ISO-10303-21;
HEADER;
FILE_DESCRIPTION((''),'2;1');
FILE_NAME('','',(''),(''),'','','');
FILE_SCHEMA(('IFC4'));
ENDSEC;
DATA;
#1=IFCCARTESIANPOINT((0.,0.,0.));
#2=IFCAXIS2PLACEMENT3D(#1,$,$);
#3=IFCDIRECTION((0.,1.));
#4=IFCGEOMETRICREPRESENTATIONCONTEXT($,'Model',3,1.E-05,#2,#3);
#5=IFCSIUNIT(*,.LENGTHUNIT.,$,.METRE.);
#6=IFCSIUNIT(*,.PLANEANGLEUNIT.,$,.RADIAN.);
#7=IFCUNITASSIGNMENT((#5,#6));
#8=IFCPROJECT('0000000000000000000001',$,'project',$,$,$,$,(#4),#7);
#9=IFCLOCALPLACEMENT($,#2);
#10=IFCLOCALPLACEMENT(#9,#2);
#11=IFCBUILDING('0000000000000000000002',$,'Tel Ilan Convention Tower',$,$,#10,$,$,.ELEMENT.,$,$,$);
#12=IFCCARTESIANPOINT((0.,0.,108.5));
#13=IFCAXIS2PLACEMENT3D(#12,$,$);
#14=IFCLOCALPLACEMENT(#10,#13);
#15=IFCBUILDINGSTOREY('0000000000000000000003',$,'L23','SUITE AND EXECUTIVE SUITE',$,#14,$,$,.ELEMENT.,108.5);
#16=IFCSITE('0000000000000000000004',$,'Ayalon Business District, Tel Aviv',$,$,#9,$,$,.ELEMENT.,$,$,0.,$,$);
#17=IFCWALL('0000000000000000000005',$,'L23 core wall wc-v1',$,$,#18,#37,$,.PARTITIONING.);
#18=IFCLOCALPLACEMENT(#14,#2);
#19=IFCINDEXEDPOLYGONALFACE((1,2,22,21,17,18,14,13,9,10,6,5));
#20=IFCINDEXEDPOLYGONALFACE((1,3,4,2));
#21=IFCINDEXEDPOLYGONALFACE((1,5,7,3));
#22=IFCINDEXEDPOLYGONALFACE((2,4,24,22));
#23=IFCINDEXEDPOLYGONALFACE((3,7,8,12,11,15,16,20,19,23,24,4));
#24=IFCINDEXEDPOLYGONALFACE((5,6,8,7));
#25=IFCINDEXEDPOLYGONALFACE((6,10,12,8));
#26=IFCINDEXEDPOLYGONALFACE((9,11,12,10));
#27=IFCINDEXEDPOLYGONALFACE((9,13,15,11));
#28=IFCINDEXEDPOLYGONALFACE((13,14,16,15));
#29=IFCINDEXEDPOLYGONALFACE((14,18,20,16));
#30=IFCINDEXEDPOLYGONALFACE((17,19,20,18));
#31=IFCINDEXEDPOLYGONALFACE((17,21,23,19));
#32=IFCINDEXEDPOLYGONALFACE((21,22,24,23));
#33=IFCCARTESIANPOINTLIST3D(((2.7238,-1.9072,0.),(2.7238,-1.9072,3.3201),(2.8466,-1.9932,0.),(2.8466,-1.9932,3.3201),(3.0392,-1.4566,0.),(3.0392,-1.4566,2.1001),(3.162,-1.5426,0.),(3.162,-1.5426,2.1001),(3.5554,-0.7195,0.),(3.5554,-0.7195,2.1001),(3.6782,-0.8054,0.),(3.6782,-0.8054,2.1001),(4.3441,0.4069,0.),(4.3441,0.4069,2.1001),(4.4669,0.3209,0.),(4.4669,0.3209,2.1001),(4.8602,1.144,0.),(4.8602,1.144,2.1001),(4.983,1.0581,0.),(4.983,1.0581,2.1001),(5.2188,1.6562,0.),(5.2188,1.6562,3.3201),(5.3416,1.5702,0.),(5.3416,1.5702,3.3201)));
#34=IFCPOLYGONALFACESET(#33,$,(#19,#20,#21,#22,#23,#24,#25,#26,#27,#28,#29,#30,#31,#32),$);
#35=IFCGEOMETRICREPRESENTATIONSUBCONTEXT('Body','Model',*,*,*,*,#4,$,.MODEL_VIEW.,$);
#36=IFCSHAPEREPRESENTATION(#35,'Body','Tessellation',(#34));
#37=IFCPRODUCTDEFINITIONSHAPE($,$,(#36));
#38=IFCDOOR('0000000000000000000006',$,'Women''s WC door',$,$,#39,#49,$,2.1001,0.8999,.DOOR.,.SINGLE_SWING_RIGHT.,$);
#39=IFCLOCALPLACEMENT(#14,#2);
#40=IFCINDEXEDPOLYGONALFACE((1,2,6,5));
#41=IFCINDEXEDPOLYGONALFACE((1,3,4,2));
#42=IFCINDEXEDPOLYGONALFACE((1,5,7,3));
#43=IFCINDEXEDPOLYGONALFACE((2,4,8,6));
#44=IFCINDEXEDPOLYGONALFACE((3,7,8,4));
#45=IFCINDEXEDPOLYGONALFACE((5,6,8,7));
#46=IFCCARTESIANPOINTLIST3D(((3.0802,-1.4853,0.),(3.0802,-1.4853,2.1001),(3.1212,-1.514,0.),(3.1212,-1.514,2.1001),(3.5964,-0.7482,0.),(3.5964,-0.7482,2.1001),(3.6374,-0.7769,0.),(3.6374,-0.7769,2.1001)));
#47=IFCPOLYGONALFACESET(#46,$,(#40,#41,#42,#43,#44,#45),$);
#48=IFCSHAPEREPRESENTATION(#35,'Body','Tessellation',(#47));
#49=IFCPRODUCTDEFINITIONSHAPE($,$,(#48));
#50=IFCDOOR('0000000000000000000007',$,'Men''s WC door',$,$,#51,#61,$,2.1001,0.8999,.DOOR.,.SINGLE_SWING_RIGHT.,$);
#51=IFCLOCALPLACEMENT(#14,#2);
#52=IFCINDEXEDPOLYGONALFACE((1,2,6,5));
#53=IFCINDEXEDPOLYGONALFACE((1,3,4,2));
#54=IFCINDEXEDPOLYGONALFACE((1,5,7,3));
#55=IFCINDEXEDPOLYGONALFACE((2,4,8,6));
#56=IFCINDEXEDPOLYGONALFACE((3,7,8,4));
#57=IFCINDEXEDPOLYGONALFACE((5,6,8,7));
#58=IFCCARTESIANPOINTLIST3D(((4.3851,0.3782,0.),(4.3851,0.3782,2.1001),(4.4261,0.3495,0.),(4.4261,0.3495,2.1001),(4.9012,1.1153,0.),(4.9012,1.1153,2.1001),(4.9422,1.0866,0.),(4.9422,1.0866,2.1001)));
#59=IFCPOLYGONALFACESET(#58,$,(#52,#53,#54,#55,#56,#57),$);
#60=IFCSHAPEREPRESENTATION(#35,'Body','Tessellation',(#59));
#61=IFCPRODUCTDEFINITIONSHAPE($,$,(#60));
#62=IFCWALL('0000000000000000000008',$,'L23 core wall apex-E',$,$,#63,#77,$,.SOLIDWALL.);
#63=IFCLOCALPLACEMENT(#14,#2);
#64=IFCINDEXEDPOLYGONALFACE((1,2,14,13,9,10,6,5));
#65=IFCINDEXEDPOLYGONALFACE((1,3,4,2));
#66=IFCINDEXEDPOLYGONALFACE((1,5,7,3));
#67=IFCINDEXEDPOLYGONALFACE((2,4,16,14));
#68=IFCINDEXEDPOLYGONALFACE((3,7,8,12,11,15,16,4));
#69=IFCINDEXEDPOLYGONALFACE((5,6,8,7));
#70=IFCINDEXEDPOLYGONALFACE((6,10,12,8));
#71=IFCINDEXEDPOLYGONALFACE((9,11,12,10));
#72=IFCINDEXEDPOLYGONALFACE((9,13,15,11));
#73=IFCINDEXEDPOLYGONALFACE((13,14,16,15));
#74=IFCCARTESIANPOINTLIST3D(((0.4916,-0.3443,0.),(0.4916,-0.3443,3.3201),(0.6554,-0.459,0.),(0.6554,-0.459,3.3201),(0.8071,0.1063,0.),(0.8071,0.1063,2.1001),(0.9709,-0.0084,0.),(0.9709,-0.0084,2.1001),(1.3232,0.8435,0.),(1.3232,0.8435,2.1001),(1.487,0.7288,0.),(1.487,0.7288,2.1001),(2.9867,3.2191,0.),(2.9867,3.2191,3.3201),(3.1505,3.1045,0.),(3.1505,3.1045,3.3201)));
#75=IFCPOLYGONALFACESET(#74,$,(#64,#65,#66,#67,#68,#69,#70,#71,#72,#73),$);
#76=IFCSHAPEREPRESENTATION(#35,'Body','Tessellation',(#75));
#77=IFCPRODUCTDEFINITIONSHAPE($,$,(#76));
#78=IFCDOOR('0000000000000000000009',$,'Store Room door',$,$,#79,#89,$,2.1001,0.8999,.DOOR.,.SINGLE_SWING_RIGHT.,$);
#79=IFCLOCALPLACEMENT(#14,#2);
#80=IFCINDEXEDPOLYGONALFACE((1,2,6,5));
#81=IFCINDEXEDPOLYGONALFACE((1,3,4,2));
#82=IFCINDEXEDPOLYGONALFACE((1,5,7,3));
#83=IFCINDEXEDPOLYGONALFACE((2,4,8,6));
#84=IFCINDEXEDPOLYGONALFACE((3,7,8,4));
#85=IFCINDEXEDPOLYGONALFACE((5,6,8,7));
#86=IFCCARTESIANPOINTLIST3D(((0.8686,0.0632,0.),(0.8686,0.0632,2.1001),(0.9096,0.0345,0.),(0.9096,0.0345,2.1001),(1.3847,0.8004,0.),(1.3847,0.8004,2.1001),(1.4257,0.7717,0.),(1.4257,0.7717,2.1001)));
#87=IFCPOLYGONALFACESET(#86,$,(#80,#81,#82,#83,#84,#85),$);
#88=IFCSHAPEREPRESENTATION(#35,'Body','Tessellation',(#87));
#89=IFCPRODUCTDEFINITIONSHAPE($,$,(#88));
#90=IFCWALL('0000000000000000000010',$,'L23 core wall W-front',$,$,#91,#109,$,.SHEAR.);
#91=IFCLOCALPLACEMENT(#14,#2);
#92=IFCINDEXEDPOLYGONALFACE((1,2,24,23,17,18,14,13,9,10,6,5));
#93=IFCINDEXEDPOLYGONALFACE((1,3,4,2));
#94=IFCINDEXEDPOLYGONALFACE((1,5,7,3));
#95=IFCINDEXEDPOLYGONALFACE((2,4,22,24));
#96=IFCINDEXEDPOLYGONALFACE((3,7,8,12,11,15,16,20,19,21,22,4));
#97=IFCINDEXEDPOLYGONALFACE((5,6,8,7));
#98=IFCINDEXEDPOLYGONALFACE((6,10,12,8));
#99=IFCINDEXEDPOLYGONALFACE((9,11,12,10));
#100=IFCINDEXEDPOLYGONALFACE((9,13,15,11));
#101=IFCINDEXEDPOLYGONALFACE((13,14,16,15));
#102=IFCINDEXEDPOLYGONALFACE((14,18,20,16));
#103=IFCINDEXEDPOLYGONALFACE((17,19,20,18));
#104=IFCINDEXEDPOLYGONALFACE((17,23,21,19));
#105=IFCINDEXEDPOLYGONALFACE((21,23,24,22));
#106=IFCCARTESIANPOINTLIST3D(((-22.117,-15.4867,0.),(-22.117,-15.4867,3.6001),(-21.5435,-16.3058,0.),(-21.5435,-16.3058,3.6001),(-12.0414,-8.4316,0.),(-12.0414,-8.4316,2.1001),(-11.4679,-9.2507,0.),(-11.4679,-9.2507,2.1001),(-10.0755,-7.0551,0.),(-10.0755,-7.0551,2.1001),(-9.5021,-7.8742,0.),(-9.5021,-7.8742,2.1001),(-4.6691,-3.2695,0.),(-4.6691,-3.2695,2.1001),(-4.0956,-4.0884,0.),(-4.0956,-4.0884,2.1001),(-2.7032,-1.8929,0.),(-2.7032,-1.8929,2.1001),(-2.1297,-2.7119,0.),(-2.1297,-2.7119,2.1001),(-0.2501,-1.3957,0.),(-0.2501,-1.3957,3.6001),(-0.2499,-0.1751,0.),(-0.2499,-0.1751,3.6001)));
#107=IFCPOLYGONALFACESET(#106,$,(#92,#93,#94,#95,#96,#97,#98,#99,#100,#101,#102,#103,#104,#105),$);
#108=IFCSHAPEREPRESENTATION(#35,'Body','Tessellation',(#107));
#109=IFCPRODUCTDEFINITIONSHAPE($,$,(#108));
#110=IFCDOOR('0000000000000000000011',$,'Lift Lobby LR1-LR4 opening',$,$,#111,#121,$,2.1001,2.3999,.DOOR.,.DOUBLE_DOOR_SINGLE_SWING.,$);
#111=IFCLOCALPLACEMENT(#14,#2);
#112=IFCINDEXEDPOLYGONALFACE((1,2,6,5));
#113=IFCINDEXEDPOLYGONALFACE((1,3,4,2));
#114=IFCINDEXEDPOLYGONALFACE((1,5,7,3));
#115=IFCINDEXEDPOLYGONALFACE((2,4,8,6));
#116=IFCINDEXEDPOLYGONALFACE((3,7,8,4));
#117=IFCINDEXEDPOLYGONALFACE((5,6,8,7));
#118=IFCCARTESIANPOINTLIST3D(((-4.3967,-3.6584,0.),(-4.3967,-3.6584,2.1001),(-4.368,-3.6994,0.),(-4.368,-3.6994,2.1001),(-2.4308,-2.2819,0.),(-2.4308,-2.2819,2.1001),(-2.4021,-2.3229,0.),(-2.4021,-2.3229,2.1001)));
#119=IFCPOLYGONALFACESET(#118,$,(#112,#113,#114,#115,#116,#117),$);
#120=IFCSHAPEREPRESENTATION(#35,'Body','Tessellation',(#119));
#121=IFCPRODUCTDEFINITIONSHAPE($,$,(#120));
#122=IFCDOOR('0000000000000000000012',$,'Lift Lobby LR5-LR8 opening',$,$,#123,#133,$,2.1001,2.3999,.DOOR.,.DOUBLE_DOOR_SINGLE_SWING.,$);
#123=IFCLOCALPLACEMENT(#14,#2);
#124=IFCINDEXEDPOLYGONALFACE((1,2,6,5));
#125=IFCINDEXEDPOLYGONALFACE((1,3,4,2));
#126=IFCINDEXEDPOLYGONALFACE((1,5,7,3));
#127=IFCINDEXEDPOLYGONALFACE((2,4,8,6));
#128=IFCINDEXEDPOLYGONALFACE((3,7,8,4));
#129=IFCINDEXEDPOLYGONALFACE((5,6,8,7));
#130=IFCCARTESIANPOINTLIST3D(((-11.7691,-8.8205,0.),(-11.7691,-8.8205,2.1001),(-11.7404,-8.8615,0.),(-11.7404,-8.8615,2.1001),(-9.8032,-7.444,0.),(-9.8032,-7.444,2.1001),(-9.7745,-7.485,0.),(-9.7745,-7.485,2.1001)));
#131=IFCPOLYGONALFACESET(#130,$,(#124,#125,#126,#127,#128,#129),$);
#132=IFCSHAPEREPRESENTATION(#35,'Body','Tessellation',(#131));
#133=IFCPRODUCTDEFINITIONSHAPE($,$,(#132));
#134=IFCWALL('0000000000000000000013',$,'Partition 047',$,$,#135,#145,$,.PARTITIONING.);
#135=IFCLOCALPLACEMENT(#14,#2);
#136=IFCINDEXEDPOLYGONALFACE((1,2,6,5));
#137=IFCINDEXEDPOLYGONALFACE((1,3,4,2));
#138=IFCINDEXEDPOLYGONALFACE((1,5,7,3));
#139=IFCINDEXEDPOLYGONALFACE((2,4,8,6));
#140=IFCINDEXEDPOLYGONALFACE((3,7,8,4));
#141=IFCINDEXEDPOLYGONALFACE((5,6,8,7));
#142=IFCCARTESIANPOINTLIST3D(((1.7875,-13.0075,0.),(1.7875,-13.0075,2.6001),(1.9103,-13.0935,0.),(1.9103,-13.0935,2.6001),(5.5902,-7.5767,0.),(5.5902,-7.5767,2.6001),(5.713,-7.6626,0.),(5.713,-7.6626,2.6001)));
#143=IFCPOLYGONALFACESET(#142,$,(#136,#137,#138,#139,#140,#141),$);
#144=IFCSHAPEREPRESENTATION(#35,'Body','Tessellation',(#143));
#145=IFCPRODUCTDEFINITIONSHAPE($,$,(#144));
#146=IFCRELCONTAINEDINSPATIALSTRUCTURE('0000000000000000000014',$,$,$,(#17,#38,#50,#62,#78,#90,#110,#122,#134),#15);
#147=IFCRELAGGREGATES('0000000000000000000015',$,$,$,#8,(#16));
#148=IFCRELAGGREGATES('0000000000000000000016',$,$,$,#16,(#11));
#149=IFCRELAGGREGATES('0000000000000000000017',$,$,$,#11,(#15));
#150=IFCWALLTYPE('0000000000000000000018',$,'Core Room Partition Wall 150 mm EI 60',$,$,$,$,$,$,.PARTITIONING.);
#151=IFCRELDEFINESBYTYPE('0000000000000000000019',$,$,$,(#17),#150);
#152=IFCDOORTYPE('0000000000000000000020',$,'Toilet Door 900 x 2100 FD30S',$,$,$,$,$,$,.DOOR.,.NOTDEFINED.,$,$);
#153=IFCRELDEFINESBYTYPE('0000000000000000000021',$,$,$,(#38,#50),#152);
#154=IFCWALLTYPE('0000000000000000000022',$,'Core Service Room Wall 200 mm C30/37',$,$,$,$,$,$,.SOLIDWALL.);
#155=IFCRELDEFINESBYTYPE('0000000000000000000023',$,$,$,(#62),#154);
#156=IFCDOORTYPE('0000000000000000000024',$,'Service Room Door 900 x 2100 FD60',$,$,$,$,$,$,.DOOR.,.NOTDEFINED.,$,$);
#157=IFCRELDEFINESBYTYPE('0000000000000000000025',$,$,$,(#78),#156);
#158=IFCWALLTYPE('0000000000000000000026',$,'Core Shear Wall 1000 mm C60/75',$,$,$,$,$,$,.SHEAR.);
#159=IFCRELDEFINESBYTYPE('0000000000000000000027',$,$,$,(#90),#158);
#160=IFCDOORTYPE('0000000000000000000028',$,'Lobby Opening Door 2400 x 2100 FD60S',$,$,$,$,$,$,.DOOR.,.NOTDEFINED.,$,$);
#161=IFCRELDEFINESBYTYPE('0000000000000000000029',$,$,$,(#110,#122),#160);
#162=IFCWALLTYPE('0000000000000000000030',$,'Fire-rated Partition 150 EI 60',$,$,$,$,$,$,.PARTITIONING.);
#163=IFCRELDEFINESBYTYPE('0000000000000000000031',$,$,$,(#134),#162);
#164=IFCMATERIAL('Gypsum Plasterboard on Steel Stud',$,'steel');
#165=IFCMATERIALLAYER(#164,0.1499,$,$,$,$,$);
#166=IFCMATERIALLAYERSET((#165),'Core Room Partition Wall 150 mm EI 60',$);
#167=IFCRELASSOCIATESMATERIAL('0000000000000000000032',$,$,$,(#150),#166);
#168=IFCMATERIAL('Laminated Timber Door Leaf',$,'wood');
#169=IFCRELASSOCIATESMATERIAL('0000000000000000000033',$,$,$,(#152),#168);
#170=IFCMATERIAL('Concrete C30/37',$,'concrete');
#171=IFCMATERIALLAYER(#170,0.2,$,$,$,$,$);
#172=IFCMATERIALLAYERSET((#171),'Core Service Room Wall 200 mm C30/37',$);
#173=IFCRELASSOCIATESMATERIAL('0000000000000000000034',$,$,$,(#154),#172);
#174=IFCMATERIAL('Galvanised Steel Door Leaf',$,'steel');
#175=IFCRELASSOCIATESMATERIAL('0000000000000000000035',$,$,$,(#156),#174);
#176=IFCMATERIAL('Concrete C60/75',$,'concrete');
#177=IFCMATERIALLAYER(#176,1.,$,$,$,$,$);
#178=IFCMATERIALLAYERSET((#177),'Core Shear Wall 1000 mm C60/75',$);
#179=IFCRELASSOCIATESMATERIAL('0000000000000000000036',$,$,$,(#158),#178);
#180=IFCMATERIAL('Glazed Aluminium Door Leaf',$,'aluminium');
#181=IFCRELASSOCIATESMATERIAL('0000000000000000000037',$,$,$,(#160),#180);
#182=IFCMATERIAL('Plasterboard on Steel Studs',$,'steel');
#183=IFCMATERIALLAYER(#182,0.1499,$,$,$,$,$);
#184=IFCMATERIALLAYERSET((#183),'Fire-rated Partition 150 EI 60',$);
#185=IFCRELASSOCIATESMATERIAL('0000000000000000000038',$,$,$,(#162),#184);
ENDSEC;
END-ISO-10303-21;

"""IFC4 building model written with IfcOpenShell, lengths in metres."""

from ifc_helpers import new_model, si_unit, direction, frame, frame_2d, origin, place, context, subcontext, project, spatial, polyline, rectangle, outline, extrude, material, layer, layer_set, type_object, element, fill, save


model = new_model("IFC4")

# Units and contexts
model_context = context("Model", 3, precision=1e-05, world=origin(), true_north=direction((0.0, 1.0)))
body_context = subcontext(model_context, "Body", "Model", "MODEL_VIEW")
ifc_project = project(units=[si_unit("LENGTHUNIT", "METRE"), si_unit("PLANEANGLEUNIT", "RADIAN")], contexts=[model_context])

# Site, building, storey
site_placement = place(None, origin())
site = spatial("IfcSite", under=ifc_project, at=site_placement, Name="Ayalon Business District, Tel Aviv", CompositionType="ELEMENT", RefElevation=0.0)
building_placement = place(site_placement, origin())
building = spatial("IfcBuilding", under=site, at=building_placement, Name="Tel Ilan Convention Tower", CompositionType="ELEMENT")
storey_placement = place(building_placement, frame((0.0, 0.0, 108.5)))
storey = spatial("IfcBuildingStorey", under=building, at=storey_placement, Name="L23", Description="SUITE AND EXECUTIVE SUITE", CompositionType="ELEMENT", Elevation=108.5)

# Wall, openings, doors
ifc_material_1 = material(Name="Gypsum Plasterboard on Steel Stud", Category="steel")
ifc_layer_1 = layer(ifc_material_1, 0.1499)
ifc_layer_set_1 = layer_set([ifc_layer_1], Name="Core Room Partition Wall 150 mm EI 60")
wall_type_1 = type_object("IfcWallType", Name="Core Room Partition Wall 150 mm EI 60", PredefinedType="PARTITIONING", material=ifc_layer_set_1)
wall_1_placement = place(storey_placement, frame((2.7852, -1.9502, 0.0), z_axis=(0.0, 0.0, 1.0), x_axis=(0.573568, 0.819158, 0.0)))
wall_1 = element("IfcWall", 1, at=wall_1_placement, inside=storey, type_object=wall_type_1, Name="L23 core wall wc-v1", PredefinedType="PARTITIONING", context=body_context, shape_type="SweptSolid", body=[
    extrude(rectangle(XDim=4.3501, YDim=0.1499, at=frame_2d((2.175, 0.0))), origin(), (0.0, 0.0, 1.0), 3.3201),
])
opening_1_placement = place(wall_1_placement, frame((0.55, 0.0, 0.0)))
opening_1 = element("IfcOpeningElement", 2, at=opening_1_placement, cuts=wall_1, PredefinedType="OPENING", context=body_context, shape_type="SweptSolid", body=[
    extrude(rectangle(XDim=0.8999, YDim=2.1001, at=frame_2d((0.45, 1.05))), frame((0.0, 0.085, 0.0), z_axis=(0.0, -1.0, 0.0), x_axis=(1.0, 0.0, 0.0)), (0.0, 0.0, 1.0), 0.1699),
])
opening_2_placement = place(wall_1_placement, frame((2.825, 0.0, 0.0)))
opening_2 = element("IfcOpeningElement", 3, at=opening_2_placement, cuts=wall_1, PredefinedType="OPENING", context=body_context, shape_type="SweptSolid", body=[
    extrude(rectangle(XDim=0.8999, YDim=2.1001, at=frame_2d((0.45, 1.05))), frame((0.0, 0.085, 0.0), z_axis=(0.0, -1.0, 0.0), x_axis=(1.0, 0.0, 0.0)), (0.0, 0.0, 1.0), 0.1699),
])
ifc_material_2 = material(Name="Laminated Timber Door Leaf", Category="wood")
door_type_1 = type_object("IfcDoorType", Name="Toilet Door 900 x 2100 FD30S", OperationType="NOTDEFINED", PredefinedType="DOOR", material=ifc_material_2)
door_1_placement = place(opening_1_placement, origin())
door_1 = element("IfcDoor", 4, at=door_1_placement, inside=storey, type_object=door_type_1, Name="Women's WC door", OperationType="SINGLE_SWING_RIGHT", OverallHeight=2.1001, OverallWidth=0.8999, PredefinedType="DOOR", context=body_context, shape_type="SweptSolid", body=[
    extrude(rectangle(XDim=0.8999, YDim=2.1001, at=frame_2d((0.45, 1.05))), frame((0.0, 0.0249, 0.0), z_axis=(0.0, -1.0, 0.0), x_axis=(1.0, 0.0, 0.0)), (0.0, 0.0, 1.0), 0.05),
])
fill(opening_1, door_1)
door_2_placement = place(opening_2_placement, origin())
door_2 = element("IfcDoor", 5, at=door_2_placement, inside=storey, type_object=door_type_1, Name="Men's WC door", OperationType="SINGLE_SWING_RIGHT", OverallHeight=2.1001, OverallWidth=0.8999, PredefinedType="DOOR", context=body_context, shape_type="SweptSolid", body=[
    extrude(rectangle(XDim=0.8999, YDim=2.1001, at=frame_2d((0.45, 1.05))), frame((0.0, 0.0249, 0.0), z_axis=(0.0, -1.0, 0.0), x_axis=(1.0, 0.0, 0.0)), (0.0, 0.0, 1.0), 0.05),
])
fill(opening_2, door_2)

# Wall, opening, door
ifc_material_3 = material(Name="Concrete C30/37", Category="concrete")
ifc_layer_2 = layer(ifc_material_3, 0.2)
ifc_layer_set_2 = layer_set([ifc_layer_2], Name="Core Service Room Wall 200 mm C30/37")
wall_type_2 = type_object("IfcWallType", Name="Core Service Room Wall 200 mm C30/37", PredefinedType="SOLIDWALL", material=ifc_layer_set_2)
wall_2_placement = place(storey_placement, frame((0.5735, -0.4016, 0.0), z_axis=(0.0, 0.0, 1.0), x_axis=(0.573568, 0.819158, 0.0)))
wall_2 = element("IfcWall", 6, at=wall_2_placement, inside=storey, type_object=wall_type_2, Name="L23 core wall apex-E", PredefinedType="SOLIDWALL", context=body_context, shape_type="SweptSolid", body=[
    extrude(rectangle(XDim=4.3501, YDim=0.2, at=frame_2d((2.175, 0.0))), origin(), (0.0, 0.0, 1.0), 3.3201),
])
opening_3_placement = place(wall_2_placement, frame((0.55, 0.0, 0.0)))
opening_3 = element("IfcOpeningElement", 7, at=opening_3_placement, cuts=wall_2, PredefinedType="OPENING", context=body_context, shape_type="SweptSolid", body=[
    extrude(rectangle(XDim=0.8999, YDim=2.1001, at=frame_2d((0.45, 1.05))), frame((0.0, 0.1099, 0.0), z_axis=(0.0, -1.0, 0.0), x_axis=(1.0, 0.0, 0.0)), (0.0, 0.0, 1.0), 0.22),
])
ifc_material_4 = material(Name="Galvanised Steel Door Leaf", Category="steel")
door_type_2 = type_object("IfcDoorType", Name="Service Room Door 900 x 2100 FD60", OperationType="NOTDEFINED", PredefinedType="DOOR", material=ifc_material_4)
door_3_placement = place(opening_3_placement, origin())
door_3 = element("IfcDoor", 8, at=door_3_placement, inside=storey, type_object=door_type_2, Name="Store Room door", OperationType="SINGLE_SWING_RIGHT", OverallHeight=2.1001, OverallWidth=0.8999, PredefinedType="DOOR", context=body_context, shape_type="SweptSolid", body=[
    extrude(rectangle(XDim=0.8999, YDim=2.1001, at=frame_2d((0.45, 1.05))), frame((0.0, 0.0249, 0.0), z_axis=(0.0, -1.0, 0.0), x_axis=(1.0, 0.0, 0.0)), (0.0, 0.0, 1.0), 0.05),
])
fill(opening_3, door_3)

# Wall, openings, doors
ifc_material_5 = material(Name="Concrete C60/75", Category="concrete")
ifc_layer_3 = layer(ifc_material_5, 1.0)
ifc_layer_set_3 = layer_set([ifc_layer_3], Name="Core Shear Wall 1000 mm C60/75")
wall_type_3 = type_object("IfcWallType", Name="Core Shear Wall 1000 mm C60/75", PredefinedType="SHEAR", material=ifc_layer_set_3)
wall_3_placement = place(storey_placement, frame((0.0369, -0.5847, 0.0), z_axis=(0.0, 0.0, 1.0), x_axis=(-0.819157, -0.573569, 0.0)))
wall_3 = element("IfcWall", 9, at=wall_3_placement, inside=storey, type_object=wall_type_3, Name="L23 core wall W-front", PredefinedType="SHEAR", context=body_context, shape_type="SweptSolid", body=[
    extrude(outline(polyline([(26.6948, 0.5002), (0.7002, 0.4998), (0.0, -0.5), (26.6948, -0.4998), (26.6948, 0.5002)])), origin(), (0.0, 0.0, 1.0), 3.6001),
])
opening_4_placement = place(wall_3_placement, frame((2.9949, 0.0, 0.0)))
opening_4 = element("IfcOpeningElement", 10, at=opening_4_placement, cuts=wall_3, PredefinedType="OPENING", context=body_context, shape_type="SweptSolid", body=[
    extrude(rectangle(XDim=2.3999, YDim=2.1001, at=frame_2d((1.2, 1.05))), frame((0.0, 0.51, 0.0), z_axis=(0.0, -1.0, 0.0), x_axis=(1.0, 0.0, 0.0)), (0.0, 0.0, 1.0), 1.02),
])
opening_5_placement = place(wall_3_placement, frame((11.9949, 0.0, 0.0)))
opening_5 = element("IfcOpeningElement", 11, at=opening_5_placement, cuts=wall_3, PredefinedType="OPENING", context=body_context, shape_type="SweptSolid", body=[
    extrude(rectangle(XDim=2.3999, YDim=2.1001, at=frame_2d((1.2, 1.05))), frame((0.0, 0.51, 0.0), z_axis=(0.0, -1.0, 0.0), x_axis=(1.0, 0.0, 0.0)), (0.0, 0.0, 1.0), 1.02),
])
ifc_material_6 = material(Name="Glazed Aluminium Door Leaf", Category="aluminium")
door_type_3 = type_object("IfcDoorType", Name="Lobby Opening Door 2400 x 2100 FD60S", OperationType="NOTDEFINED", PredefinedType="DOOR", material=ifc_material_6)
door_4_placement = place(opening_4_placement, origin())
door_4 = element("IfcDoor", 12, at=door_4_placement, inside=storey, type_object=door_type_3, Name="Lift Lobby LR1-LR4 opening", OperationType="DOUBLE_DOOR_SINGLE_SWING", OverallHeight=2.1001, OverallWidth=2.3999, PredefinedType="DOOR", context=body_context, shape_type="SweptSolid", body=[
    extrude(rectangle(XDim=2.3999, YDim=2.1001, at=frame_2d((1.2, 1.05))), frame((0.0, 0.0249, 0.0), z_axis=(0.0, -1.0, 0.0), x_axis=(1.0, 0.0, 0.0)), (0.0, 0.0, 1.0), 0.05),
])
fill(opening_4, door_4)
door_5_placement = place(opening_5_placement, origin())
door_5 = element("IfcDoor", 13, at=door_5_placement, inside=storey, type_object=door_type_3, Name="Lift Lobby LR5-LR8 opening", OperationType="DOUBLE_DOOR_SINGLE_SWING", OverallHeight=2.1001, OverallWidth=2.3999, PredefinedType="DOOR", context=body_context, shape_type="SweptSolid", body=[
    extrude(rectangle(XDim=2.3999, YDim=2.1001, at=frame_2d((1.2, 1.05))), frame((0.0, 0.0249, 0.0), z_axis=(0.0, -1.0, 0.0), x_axis=(1.0, 0.0, 0.0)), (0.0, 0.0, 1.0), 0.05),
])
fill(opening_5, door_5)

# Wall
ifc_material_7 = material(Name="Plasterboard on Steel Studs", Category="steel")
ifc_layer_4 = layer(ifc_material_7, 0.1499)
ifc_layer_set_4 = layer_set([ifc_layer_4], Name="Fire-rated Partition 150 EI 60")
wall_type_4 = type_object("IfcWallType", Name="Fire-rated Partition 150 EI 60", PredefinedType="PARTITIONING", material=ifc_layer_set_4)
wall_4_placement = place(storey_placement, frame((1.8489, -13.0505, 0.0), z_axis=(0.0, 0.0, 1.0), x_axis=(0.573574, 0.819154, 0.0)))
element("IfcWall", 14, at=wall_4_placement, inside=storey, type_object=wall_type_4, Name="Partition 047", PredefinedType="PARTITIONING", context=body_context, shape_type="SweptSolid", body=[
    extrude(rectangle(XDim=6.6299, YDim=0.1499, at=frame_2d((3.3149, 0.0))), origin(), (0.0, 0.0, 1.0), 2.6001),
])

save(model, "model.ifc")
